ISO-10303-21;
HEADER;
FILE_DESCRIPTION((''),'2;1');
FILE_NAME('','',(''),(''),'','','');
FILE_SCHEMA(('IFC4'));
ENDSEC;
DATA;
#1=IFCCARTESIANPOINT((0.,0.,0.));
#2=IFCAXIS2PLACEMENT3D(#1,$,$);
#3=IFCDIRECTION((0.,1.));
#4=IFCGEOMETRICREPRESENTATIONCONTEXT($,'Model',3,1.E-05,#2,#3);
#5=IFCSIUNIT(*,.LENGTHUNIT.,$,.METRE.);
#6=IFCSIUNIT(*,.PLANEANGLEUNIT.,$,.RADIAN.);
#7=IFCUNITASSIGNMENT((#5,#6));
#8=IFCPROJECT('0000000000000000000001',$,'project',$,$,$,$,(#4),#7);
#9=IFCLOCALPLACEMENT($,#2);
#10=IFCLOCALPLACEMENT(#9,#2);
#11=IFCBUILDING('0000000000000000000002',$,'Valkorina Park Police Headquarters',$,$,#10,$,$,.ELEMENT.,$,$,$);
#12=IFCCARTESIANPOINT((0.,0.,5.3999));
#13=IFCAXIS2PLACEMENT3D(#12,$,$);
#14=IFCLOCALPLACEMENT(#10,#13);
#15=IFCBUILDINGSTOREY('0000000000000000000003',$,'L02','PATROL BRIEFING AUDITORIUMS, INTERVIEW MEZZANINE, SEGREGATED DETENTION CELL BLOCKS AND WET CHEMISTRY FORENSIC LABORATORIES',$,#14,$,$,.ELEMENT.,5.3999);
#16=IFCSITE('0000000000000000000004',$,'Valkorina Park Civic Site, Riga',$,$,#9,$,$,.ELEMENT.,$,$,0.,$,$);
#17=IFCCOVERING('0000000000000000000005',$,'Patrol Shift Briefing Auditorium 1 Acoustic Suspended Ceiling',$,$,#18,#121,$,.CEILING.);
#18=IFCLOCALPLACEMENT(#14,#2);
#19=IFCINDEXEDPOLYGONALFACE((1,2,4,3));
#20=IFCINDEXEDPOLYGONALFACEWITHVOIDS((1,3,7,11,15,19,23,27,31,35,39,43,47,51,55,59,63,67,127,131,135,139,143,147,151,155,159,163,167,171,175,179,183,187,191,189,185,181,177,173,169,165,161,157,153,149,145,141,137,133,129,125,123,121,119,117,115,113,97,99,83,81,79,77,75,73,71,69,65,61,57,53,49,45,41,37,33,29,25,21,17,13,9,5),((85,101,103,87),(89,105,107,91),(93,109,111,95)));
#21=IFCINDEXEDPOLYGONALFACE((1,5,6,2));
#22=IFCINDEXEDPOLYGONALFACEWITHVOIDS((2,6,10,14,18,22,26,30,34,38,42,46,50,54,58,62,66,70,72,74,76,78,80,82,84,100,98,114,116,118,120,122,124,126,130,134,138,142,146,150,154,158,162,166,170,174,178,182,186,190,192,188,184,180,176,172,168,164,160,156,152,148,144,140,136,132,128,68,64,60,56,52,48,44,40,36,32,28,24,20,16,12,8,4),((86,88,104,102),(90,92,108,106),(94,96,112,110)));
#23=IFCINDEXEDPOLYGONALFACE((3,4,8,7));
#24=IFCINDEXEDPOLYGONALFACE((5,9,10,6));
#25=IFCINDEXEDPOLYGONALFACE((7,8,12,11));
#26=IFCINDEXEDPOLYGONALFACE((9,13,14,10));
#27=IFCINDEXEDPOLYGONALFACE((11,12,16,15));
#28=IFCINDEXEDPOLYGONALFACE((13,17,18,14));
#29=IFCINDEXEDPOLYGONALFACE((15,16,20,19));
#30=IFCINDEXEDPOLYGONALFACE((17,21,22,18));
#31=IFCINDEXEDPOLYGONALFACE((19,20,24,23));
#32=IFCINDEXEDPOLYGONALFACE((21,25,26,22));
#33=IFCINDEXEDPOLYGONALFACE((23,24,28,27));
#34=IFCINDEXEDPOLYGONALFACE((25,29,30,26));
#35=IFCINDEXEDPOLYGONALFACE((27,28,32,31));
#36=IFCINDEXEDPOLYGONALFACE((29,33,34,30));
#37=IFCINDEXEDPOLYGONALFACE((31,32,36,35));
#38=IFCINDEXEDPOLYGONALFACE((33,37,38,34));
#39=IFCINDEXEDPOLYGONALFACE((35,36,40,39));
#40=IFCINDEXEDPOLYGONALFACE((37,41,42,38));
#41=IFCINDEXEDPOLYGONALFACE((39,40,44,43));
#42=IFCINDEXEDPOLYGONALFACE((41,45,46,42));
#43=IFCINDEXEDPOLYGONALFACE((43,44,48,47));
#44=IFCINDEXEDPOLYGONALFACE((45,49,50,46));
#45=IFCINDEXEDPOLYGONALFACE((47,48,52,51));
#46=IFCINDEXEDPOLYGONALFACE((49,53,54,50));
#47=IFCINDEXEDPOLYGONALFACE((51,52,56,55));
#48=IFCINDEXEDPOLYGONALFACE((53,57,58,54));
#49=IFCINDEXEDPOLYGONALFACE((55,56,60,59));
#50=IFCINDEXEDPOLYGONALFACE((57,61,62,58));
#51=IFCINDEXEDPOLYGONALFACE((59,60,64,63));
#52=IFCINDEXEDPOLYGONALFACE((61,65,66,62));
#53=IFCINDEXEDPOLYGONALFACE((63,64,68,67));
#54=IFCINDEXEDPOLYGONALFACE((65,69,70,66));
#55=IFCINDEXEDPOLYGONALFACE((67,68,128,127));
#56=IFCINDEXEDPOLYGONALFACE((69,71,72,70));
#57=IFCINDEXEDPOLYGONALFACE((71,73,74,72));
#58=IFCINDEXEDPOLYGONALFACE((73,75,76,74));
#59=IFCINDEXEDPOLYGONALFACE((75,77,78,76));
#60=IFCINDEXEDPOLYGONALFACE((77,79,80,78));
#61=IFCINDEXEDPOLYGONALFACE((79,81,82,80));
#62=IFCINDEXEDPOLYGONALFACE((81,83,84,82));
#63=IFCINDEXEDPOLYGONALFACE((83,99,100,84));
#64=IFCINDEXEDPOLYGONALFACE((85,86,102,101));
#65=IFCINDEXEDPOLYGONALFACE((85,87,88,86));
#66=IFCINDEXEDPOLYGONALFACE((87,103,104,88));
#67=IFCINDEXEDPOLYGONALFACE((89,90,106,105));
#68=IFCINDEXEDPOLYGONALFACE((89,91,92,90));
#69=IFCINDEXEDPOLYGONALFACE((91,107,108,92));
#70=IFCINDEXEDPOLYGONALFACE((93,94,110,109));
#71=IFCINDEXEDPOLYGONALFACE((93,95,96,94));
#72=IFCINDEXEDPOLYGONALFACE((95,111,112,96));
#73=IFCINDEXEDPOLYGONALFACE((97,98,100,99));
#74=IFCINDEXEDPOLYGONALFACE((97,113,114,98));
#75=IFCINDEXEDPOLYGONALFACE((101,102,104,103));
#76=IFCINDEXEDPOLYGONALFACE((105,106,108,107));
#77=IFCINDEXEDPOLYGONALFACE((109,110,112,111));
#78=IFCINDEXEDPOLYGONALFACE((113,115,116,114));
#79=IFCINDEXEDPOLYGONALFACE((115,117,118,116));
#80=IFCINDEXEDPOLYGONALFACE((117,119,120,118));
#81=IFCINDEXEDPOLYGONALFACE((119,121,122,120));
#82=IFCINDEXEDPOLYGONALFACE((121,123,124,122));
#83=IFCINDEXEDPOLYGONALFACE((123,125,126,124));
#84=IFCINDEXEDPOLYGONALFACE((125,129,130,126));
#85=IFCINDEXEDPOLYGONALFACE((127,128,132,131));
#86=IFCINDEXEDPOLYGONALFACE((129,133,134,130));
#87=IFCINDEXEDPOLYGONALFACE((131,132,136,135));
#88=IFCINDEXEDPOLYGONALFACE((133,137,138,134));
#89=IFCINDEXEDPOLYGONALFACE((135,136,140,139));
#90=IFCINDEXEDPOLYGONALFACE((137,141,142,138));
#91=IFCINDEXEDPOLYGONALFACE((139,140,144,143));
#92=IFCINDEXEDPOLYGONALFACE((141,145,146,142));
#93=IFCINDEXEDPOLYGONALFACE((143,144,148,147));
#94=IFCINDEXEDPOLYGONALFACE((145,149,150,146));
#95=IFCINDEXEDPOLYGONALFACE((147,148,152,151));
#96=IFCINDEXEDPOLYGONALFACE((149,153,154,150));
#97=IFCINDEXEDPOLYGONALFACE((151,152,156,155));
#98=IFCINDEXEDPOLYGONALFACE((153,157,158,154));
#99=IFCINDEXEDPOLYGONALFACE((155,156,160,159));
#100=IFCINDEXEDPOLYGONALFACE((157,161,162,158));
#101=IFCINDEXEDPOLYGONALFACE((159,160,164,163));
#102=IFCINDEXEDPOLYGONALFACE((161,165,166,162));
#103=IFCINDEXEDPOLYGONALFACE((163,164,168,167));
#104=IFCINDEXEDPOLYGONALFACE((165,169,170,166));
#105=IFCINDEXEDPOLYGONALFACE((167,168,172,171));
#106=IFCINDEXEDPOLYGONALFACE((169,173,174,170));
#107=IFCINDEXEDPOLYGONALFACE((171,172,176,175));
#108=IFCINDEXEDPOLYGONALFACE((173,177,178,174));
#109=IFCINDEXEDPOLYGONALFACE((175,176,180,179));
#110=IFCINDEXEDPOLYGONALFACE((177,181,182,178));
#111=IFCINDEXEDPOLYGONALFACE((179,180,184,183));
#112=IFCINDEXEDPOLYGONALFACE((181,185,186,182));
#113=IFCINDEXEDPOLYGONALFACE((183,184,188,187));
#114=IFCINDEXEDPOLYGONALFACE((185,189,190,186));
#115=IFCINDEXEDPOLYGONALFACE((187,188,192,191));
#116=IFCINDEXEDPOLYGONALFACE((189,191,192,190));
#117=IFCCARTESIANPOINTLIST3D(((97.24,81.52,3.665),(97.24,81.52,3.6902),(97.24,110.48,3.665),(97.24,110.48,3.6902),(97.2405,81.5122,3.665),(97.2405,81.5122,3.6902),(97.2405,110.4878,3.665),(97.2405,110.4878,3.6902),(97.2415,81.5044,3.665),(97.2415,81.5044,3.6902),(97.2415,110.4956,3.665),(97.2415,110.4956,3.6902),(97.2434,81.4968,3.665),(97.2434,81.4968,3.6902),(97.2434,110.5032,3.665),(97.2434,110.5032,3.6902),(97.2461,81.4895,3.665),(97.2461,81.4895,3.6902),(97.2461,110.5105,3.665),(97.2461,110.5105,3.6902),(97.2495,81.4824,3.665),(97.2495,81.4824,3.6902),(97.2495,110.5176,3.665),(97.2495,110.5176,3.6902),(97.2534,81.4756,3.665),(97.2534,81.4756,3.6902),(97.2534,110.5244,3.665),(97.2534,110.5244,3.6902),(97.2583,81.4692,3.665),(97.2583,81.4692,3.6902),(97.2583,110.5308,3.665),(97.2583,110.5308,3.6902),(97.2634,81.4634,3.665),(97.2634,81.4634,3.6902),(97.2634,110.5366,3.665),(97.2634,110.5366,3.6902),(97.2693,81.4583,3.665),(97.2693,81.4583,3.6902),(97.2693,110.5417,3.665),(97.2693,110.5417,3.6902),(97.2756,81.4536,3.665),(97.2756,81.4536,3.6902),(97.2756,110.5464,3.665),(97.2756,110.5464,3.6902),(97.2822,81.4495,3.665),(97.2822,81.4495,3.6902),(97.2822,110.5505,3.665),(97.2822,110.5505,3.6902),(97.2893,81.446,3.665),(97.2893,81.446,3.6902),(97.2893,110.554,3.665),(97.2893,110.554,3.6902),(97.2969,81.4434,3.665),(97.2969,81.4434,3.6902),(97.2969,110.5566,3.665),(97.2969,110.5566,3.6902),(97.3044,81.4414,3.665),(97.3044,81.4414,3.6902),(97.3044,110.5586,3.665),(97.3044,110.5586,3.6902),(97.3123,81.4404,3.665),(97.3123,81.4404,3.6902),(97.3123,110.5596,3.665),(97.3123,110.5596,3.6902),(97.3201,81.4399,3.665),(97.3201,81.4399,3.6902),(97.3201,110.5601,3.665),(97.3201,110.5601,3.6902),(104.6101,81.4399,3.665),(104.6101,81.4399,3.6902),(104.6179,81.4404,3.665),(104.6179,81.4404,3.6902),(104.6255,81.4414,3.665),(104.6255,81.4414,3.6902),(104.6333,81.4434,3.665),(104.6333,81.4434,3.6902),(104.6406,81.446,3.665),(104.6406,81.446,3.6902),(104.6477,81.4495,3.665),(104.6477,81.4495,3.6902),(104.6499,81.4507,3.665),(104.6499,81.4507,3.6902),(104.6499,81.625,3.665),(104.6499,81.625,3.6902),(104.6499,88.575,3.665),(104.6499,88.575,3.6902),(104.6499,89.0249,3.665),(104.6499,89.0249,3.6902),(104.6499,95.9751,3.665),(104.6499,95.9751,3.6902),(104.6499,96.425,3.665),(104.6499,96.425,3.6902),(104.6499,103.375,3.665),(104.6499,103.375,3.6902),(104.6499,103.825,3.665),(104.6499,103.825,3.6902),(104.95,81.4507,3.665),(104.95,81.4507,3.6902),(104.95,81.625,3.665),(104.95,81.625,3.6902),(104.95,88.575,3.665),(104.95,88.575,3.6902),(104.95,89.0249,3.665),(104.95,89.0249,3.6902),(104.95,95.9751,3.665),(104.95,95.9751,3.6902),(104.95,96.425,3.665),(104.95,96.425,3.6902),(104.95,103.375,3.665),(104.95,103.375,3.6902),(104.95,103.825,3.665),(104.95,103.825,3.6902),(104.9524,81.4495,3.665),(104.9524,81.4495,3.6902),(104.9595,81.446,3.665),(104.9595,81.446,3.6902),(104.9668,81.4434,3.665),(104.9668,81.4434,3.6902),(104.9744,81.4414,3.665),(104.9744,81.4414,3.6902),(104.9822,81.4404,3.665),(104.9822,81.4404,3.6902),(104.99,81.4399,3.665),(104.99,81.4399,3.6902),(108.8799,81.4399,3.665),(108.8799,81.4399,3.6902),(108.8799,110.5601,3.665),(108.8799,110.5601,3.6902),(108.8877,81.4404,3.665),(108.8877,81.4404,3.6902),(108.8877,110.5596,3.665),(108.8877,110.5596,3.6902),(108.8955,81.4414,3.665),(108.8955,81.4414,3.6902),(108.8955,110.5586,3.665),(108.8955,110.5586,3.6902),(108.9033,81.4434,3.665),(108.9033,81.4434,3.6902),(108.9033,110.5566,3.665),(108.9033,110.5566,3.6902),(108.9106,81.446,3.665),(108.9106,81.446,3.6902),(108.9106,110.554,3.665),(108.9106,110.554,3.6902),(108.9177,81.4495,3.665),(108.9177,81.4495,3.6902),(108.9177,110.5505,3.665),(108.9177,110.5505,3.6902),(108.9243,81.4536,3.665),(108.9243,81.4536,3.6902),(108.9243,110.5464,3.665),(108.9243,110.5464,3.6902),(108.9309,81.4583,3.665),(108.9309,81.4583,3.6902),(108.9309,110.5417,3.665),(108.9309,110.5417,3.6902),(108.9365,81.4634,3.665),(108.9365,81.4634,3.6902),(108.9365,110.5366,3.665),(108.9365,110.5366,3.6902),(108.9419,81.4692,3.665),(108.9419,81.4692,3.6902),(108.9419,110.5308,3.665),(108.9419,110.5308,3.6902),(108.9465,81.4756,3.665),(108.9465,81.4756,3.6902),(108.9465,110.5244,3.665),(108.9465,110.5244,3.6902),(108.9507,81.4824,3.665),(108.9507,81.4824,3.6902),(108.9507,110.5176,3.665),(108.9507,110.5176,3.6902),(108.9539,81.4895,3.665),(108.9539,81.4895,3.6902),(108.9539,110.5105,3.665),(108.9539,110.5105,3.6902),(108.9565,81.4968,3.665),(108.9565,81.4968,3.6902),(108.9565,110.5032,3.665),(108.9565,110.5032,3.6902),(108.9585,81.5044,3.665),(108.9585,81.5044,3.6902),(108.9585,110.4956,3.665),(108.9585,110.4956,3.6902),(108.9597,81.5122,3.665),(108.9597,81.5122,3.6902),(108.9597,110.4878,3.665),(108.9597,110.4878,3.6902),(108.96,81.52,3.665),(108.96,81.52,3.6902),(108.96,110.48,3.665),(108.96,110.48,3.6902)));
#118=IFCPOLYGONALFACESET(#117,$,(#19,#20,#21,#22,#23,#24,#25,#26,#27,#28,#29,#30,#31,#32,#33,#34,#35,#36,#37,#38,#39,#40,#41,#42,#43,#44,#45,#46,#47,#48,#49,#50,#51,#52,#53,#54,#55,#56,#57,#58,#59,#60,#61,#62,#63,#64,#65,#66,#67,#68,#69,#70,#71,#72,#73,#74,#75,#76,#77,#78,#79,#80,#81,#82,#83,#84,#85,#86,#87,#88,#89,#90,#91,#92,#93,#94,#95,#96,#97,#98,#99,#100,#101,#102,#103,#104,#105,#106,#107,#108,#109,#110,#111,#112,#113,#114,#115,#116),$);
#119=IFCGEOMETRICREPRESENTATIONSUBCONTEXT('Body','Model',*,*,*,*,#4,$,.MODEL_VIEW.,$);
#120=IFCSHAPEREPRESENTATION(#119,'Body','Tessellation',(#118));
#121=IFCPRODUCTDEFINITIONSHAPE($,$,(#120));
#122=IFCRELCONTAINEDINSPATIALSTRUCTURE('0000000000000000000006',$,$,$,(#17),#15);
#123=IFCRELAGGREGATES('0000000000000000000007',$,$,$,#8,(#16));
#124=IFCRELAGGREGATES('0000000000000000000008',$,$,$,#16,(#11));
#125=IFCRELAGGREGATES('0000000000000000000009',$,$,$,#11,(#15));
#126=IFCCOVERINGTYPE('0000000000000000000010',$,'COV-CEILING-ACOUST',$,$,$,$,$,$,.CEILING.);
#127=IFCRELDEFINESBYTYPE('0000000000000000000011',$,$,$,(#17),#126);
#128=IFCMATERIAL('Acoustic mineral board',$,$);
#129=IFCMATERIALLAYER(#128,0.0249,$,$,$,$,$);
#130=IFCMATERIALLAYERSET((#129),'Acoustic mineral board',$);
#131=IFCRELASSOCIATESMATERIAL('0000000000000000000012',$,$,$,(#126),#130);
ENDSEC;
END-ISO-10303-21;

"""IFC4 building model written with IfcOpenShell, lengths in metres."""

from ifc_helpers import new_model, si_unit, direction, frame, origin, place, context, subcontext, project, spatial, polyline, outline, extrude, material, layer, layer_set, type_object, element, save


model = new_model("IFC4")

# Units and contexts
model_context = context("Model", 3, precision=1e-05, world=origin(), true_north=direction((0.0, 1.0)))
body_context = subcontext(model_context, "Body", "Model", "MODEL_VIEW")
ifc_project = project(units=[si_unit("LENGTHUNIT", "METRE"), si_unit("PLANEANGLEUNIT", "RADIAN")], contexts=[model_context])

# Site, building, storey
site_placement = place(None, origin())
site = spatial("IfcSite", under=ifc_project, at=site_placement, Name="Valkorina Park Civic Site, Riga", CompositionType="ELEMENT", RefElevation=0.0)
building_placement = place(site_placement, origin())
building = spatial("IfcBuilding", under=site, at=building_placement, Name="Valkorina Park Police Headquarters", CompositionType="ELEMENT")
storey_placement = place(building_placement, frame((0.0, 0.0, 5.3999)))
storey = spatial("IfcBuildingStorey", under=building, at=storey_placement, Name="L02", Description="PATROL BRIEFING AUDITORIUMS, INTERVIEW MEZZANINE, SEGREGATED DETENTION CELL BLOCKS AND WET CHEMISTRY FORENSIC LABORATORIES", CompositionType="ELEMENT", Elevation=5.3999)

# Covering
ifc_material_1 = material(Name="Acoustic mineral board")
ifc_layer_1 = layer(ifc_material_1, 0.0249)
ifc_layer_set_1 = layer_set([ifc_layer_1], Name="Acoustic mineral board")
covering_type_1 = type_object("IfcCoveringType", Name="COV-CEILING-ACOUST", PredefinedType="CEILING", material=ifc_layer_set_1)
covering_1_placement = place(storey_placement, frame((0.0, 0.0, 3.665)))
element("IfcCovering", 1, at=covering_1_placement, inside=storey, type_object=covering_type_1, Name="Patrol Shift Briefing Auditorium 1 Acoustic Suspended Ceiling", PredefinedType="CEILING", context=body_context, shape_type="SweptSolid", body=[
    extrude(outline(polyline([(108.9585, 81.5044), (108.9597, 81.5122), (108.96, 81.52), (108.96, 110.48), (108.9597, 110.4878), (108.9585, 110.4956), (108.9565, 110.5032), (108.9539, 110.5105), (108.9507, 110.5176), (108.9465, 110.5244), (108.9419, 110.5308), (108.9365, 110.5366), (108.9309, 110.5417), (108.9243, 110.5464), (108.9177, 110.5505), (108.9106, 110.554), (108.9033, 110.5566), (108.8955, 110.5586), (108.8877, 110.5596), (108.8799, 110.5601), (97.3201, 110.5601), (97.3123, 110.5596), (97.3044, 110.5586), (97.2969, 110.5566), (97.2893, 110.554), (97.2822, 110.5505), (97.2756, 110.5464), (97.2693, 110.5417), (97.2634, 110.5366), (97.2583, 110.5308), (97.2534, 110.5244), (97.2495, 110.5176), (97.2461, 110.5105), (97.2434, 110.5032), (97.2415, 110.4956), (97.2405, 110.4878), (97.24, 110.48), (97.24, 81.52), (97.2405, 81.5122), (97.2415, 81.5044), (97.2434, 81.4968), (97.2461, 81.4895), (97.2495, 81.4824), (97.2534, 81.4756), (97.2583, 81.4692), (97.2634, 81.4634), (97.2693, 81.4583), (97.2756, 81.4536), (97.2822, 81.4495), (97.2893, 81.446), (97.2969, 81.4434), (97.3044, 81.4414), (97.3123, 81.4404), (97.3201, 81.4399), (104.6101, 81.4399), (104.6179, 81.4404), (104.6255, 81.4414), (104.6333, 81.4434), (104.6406, 81.446), (104.6477, 81.4495), (104.6499, 81.4507), (104.6499, 81.625), (104.95, 81.625), (104.95, 81.4507), (104.9524, 81.4495), (104.9595, 81.446), (104.9668, 81.4434), (104.9744, 81.4414), (104.9822, 81.4404), (104.99, 81.4399), (108.8799, 81.4399), (108.8877, 81.4404), (108.8955, 81.4414), (108.9033, 81.4434), (108.9106, 81.446), (108.9177, 81.4495), (108.9243, 81.4536), (108.9309, 81.4583), (108.9365, 81.4634), (108.9419, 81.4692), (108.9465, 81.4756), (108.9507, 81.4824), (108.9539, 81.4895), (108.9565, 81.4968), (108.9585, 81.5044)]), holes=[polyline([(104.95, 95.9751), (104.6499, 95.9751), (104.6499, 96.425), (104.95, 96.425), (104.95, 95.9751)]), polyline([(104.95, 88.575), (104.6499, 88.575), (104.6499, 89.0249), (104.95, 89.0249), (104.95, 88.575)]), polyline([(104.95, 103.375), (104.6499, 103.375), (104.6499, 103.825), (104.95, 103.825), (104.95, 103.375)])]), origin(), (0.0, 0.0, 1.0), 0.0251),
])

save(model, "model.ifc")
